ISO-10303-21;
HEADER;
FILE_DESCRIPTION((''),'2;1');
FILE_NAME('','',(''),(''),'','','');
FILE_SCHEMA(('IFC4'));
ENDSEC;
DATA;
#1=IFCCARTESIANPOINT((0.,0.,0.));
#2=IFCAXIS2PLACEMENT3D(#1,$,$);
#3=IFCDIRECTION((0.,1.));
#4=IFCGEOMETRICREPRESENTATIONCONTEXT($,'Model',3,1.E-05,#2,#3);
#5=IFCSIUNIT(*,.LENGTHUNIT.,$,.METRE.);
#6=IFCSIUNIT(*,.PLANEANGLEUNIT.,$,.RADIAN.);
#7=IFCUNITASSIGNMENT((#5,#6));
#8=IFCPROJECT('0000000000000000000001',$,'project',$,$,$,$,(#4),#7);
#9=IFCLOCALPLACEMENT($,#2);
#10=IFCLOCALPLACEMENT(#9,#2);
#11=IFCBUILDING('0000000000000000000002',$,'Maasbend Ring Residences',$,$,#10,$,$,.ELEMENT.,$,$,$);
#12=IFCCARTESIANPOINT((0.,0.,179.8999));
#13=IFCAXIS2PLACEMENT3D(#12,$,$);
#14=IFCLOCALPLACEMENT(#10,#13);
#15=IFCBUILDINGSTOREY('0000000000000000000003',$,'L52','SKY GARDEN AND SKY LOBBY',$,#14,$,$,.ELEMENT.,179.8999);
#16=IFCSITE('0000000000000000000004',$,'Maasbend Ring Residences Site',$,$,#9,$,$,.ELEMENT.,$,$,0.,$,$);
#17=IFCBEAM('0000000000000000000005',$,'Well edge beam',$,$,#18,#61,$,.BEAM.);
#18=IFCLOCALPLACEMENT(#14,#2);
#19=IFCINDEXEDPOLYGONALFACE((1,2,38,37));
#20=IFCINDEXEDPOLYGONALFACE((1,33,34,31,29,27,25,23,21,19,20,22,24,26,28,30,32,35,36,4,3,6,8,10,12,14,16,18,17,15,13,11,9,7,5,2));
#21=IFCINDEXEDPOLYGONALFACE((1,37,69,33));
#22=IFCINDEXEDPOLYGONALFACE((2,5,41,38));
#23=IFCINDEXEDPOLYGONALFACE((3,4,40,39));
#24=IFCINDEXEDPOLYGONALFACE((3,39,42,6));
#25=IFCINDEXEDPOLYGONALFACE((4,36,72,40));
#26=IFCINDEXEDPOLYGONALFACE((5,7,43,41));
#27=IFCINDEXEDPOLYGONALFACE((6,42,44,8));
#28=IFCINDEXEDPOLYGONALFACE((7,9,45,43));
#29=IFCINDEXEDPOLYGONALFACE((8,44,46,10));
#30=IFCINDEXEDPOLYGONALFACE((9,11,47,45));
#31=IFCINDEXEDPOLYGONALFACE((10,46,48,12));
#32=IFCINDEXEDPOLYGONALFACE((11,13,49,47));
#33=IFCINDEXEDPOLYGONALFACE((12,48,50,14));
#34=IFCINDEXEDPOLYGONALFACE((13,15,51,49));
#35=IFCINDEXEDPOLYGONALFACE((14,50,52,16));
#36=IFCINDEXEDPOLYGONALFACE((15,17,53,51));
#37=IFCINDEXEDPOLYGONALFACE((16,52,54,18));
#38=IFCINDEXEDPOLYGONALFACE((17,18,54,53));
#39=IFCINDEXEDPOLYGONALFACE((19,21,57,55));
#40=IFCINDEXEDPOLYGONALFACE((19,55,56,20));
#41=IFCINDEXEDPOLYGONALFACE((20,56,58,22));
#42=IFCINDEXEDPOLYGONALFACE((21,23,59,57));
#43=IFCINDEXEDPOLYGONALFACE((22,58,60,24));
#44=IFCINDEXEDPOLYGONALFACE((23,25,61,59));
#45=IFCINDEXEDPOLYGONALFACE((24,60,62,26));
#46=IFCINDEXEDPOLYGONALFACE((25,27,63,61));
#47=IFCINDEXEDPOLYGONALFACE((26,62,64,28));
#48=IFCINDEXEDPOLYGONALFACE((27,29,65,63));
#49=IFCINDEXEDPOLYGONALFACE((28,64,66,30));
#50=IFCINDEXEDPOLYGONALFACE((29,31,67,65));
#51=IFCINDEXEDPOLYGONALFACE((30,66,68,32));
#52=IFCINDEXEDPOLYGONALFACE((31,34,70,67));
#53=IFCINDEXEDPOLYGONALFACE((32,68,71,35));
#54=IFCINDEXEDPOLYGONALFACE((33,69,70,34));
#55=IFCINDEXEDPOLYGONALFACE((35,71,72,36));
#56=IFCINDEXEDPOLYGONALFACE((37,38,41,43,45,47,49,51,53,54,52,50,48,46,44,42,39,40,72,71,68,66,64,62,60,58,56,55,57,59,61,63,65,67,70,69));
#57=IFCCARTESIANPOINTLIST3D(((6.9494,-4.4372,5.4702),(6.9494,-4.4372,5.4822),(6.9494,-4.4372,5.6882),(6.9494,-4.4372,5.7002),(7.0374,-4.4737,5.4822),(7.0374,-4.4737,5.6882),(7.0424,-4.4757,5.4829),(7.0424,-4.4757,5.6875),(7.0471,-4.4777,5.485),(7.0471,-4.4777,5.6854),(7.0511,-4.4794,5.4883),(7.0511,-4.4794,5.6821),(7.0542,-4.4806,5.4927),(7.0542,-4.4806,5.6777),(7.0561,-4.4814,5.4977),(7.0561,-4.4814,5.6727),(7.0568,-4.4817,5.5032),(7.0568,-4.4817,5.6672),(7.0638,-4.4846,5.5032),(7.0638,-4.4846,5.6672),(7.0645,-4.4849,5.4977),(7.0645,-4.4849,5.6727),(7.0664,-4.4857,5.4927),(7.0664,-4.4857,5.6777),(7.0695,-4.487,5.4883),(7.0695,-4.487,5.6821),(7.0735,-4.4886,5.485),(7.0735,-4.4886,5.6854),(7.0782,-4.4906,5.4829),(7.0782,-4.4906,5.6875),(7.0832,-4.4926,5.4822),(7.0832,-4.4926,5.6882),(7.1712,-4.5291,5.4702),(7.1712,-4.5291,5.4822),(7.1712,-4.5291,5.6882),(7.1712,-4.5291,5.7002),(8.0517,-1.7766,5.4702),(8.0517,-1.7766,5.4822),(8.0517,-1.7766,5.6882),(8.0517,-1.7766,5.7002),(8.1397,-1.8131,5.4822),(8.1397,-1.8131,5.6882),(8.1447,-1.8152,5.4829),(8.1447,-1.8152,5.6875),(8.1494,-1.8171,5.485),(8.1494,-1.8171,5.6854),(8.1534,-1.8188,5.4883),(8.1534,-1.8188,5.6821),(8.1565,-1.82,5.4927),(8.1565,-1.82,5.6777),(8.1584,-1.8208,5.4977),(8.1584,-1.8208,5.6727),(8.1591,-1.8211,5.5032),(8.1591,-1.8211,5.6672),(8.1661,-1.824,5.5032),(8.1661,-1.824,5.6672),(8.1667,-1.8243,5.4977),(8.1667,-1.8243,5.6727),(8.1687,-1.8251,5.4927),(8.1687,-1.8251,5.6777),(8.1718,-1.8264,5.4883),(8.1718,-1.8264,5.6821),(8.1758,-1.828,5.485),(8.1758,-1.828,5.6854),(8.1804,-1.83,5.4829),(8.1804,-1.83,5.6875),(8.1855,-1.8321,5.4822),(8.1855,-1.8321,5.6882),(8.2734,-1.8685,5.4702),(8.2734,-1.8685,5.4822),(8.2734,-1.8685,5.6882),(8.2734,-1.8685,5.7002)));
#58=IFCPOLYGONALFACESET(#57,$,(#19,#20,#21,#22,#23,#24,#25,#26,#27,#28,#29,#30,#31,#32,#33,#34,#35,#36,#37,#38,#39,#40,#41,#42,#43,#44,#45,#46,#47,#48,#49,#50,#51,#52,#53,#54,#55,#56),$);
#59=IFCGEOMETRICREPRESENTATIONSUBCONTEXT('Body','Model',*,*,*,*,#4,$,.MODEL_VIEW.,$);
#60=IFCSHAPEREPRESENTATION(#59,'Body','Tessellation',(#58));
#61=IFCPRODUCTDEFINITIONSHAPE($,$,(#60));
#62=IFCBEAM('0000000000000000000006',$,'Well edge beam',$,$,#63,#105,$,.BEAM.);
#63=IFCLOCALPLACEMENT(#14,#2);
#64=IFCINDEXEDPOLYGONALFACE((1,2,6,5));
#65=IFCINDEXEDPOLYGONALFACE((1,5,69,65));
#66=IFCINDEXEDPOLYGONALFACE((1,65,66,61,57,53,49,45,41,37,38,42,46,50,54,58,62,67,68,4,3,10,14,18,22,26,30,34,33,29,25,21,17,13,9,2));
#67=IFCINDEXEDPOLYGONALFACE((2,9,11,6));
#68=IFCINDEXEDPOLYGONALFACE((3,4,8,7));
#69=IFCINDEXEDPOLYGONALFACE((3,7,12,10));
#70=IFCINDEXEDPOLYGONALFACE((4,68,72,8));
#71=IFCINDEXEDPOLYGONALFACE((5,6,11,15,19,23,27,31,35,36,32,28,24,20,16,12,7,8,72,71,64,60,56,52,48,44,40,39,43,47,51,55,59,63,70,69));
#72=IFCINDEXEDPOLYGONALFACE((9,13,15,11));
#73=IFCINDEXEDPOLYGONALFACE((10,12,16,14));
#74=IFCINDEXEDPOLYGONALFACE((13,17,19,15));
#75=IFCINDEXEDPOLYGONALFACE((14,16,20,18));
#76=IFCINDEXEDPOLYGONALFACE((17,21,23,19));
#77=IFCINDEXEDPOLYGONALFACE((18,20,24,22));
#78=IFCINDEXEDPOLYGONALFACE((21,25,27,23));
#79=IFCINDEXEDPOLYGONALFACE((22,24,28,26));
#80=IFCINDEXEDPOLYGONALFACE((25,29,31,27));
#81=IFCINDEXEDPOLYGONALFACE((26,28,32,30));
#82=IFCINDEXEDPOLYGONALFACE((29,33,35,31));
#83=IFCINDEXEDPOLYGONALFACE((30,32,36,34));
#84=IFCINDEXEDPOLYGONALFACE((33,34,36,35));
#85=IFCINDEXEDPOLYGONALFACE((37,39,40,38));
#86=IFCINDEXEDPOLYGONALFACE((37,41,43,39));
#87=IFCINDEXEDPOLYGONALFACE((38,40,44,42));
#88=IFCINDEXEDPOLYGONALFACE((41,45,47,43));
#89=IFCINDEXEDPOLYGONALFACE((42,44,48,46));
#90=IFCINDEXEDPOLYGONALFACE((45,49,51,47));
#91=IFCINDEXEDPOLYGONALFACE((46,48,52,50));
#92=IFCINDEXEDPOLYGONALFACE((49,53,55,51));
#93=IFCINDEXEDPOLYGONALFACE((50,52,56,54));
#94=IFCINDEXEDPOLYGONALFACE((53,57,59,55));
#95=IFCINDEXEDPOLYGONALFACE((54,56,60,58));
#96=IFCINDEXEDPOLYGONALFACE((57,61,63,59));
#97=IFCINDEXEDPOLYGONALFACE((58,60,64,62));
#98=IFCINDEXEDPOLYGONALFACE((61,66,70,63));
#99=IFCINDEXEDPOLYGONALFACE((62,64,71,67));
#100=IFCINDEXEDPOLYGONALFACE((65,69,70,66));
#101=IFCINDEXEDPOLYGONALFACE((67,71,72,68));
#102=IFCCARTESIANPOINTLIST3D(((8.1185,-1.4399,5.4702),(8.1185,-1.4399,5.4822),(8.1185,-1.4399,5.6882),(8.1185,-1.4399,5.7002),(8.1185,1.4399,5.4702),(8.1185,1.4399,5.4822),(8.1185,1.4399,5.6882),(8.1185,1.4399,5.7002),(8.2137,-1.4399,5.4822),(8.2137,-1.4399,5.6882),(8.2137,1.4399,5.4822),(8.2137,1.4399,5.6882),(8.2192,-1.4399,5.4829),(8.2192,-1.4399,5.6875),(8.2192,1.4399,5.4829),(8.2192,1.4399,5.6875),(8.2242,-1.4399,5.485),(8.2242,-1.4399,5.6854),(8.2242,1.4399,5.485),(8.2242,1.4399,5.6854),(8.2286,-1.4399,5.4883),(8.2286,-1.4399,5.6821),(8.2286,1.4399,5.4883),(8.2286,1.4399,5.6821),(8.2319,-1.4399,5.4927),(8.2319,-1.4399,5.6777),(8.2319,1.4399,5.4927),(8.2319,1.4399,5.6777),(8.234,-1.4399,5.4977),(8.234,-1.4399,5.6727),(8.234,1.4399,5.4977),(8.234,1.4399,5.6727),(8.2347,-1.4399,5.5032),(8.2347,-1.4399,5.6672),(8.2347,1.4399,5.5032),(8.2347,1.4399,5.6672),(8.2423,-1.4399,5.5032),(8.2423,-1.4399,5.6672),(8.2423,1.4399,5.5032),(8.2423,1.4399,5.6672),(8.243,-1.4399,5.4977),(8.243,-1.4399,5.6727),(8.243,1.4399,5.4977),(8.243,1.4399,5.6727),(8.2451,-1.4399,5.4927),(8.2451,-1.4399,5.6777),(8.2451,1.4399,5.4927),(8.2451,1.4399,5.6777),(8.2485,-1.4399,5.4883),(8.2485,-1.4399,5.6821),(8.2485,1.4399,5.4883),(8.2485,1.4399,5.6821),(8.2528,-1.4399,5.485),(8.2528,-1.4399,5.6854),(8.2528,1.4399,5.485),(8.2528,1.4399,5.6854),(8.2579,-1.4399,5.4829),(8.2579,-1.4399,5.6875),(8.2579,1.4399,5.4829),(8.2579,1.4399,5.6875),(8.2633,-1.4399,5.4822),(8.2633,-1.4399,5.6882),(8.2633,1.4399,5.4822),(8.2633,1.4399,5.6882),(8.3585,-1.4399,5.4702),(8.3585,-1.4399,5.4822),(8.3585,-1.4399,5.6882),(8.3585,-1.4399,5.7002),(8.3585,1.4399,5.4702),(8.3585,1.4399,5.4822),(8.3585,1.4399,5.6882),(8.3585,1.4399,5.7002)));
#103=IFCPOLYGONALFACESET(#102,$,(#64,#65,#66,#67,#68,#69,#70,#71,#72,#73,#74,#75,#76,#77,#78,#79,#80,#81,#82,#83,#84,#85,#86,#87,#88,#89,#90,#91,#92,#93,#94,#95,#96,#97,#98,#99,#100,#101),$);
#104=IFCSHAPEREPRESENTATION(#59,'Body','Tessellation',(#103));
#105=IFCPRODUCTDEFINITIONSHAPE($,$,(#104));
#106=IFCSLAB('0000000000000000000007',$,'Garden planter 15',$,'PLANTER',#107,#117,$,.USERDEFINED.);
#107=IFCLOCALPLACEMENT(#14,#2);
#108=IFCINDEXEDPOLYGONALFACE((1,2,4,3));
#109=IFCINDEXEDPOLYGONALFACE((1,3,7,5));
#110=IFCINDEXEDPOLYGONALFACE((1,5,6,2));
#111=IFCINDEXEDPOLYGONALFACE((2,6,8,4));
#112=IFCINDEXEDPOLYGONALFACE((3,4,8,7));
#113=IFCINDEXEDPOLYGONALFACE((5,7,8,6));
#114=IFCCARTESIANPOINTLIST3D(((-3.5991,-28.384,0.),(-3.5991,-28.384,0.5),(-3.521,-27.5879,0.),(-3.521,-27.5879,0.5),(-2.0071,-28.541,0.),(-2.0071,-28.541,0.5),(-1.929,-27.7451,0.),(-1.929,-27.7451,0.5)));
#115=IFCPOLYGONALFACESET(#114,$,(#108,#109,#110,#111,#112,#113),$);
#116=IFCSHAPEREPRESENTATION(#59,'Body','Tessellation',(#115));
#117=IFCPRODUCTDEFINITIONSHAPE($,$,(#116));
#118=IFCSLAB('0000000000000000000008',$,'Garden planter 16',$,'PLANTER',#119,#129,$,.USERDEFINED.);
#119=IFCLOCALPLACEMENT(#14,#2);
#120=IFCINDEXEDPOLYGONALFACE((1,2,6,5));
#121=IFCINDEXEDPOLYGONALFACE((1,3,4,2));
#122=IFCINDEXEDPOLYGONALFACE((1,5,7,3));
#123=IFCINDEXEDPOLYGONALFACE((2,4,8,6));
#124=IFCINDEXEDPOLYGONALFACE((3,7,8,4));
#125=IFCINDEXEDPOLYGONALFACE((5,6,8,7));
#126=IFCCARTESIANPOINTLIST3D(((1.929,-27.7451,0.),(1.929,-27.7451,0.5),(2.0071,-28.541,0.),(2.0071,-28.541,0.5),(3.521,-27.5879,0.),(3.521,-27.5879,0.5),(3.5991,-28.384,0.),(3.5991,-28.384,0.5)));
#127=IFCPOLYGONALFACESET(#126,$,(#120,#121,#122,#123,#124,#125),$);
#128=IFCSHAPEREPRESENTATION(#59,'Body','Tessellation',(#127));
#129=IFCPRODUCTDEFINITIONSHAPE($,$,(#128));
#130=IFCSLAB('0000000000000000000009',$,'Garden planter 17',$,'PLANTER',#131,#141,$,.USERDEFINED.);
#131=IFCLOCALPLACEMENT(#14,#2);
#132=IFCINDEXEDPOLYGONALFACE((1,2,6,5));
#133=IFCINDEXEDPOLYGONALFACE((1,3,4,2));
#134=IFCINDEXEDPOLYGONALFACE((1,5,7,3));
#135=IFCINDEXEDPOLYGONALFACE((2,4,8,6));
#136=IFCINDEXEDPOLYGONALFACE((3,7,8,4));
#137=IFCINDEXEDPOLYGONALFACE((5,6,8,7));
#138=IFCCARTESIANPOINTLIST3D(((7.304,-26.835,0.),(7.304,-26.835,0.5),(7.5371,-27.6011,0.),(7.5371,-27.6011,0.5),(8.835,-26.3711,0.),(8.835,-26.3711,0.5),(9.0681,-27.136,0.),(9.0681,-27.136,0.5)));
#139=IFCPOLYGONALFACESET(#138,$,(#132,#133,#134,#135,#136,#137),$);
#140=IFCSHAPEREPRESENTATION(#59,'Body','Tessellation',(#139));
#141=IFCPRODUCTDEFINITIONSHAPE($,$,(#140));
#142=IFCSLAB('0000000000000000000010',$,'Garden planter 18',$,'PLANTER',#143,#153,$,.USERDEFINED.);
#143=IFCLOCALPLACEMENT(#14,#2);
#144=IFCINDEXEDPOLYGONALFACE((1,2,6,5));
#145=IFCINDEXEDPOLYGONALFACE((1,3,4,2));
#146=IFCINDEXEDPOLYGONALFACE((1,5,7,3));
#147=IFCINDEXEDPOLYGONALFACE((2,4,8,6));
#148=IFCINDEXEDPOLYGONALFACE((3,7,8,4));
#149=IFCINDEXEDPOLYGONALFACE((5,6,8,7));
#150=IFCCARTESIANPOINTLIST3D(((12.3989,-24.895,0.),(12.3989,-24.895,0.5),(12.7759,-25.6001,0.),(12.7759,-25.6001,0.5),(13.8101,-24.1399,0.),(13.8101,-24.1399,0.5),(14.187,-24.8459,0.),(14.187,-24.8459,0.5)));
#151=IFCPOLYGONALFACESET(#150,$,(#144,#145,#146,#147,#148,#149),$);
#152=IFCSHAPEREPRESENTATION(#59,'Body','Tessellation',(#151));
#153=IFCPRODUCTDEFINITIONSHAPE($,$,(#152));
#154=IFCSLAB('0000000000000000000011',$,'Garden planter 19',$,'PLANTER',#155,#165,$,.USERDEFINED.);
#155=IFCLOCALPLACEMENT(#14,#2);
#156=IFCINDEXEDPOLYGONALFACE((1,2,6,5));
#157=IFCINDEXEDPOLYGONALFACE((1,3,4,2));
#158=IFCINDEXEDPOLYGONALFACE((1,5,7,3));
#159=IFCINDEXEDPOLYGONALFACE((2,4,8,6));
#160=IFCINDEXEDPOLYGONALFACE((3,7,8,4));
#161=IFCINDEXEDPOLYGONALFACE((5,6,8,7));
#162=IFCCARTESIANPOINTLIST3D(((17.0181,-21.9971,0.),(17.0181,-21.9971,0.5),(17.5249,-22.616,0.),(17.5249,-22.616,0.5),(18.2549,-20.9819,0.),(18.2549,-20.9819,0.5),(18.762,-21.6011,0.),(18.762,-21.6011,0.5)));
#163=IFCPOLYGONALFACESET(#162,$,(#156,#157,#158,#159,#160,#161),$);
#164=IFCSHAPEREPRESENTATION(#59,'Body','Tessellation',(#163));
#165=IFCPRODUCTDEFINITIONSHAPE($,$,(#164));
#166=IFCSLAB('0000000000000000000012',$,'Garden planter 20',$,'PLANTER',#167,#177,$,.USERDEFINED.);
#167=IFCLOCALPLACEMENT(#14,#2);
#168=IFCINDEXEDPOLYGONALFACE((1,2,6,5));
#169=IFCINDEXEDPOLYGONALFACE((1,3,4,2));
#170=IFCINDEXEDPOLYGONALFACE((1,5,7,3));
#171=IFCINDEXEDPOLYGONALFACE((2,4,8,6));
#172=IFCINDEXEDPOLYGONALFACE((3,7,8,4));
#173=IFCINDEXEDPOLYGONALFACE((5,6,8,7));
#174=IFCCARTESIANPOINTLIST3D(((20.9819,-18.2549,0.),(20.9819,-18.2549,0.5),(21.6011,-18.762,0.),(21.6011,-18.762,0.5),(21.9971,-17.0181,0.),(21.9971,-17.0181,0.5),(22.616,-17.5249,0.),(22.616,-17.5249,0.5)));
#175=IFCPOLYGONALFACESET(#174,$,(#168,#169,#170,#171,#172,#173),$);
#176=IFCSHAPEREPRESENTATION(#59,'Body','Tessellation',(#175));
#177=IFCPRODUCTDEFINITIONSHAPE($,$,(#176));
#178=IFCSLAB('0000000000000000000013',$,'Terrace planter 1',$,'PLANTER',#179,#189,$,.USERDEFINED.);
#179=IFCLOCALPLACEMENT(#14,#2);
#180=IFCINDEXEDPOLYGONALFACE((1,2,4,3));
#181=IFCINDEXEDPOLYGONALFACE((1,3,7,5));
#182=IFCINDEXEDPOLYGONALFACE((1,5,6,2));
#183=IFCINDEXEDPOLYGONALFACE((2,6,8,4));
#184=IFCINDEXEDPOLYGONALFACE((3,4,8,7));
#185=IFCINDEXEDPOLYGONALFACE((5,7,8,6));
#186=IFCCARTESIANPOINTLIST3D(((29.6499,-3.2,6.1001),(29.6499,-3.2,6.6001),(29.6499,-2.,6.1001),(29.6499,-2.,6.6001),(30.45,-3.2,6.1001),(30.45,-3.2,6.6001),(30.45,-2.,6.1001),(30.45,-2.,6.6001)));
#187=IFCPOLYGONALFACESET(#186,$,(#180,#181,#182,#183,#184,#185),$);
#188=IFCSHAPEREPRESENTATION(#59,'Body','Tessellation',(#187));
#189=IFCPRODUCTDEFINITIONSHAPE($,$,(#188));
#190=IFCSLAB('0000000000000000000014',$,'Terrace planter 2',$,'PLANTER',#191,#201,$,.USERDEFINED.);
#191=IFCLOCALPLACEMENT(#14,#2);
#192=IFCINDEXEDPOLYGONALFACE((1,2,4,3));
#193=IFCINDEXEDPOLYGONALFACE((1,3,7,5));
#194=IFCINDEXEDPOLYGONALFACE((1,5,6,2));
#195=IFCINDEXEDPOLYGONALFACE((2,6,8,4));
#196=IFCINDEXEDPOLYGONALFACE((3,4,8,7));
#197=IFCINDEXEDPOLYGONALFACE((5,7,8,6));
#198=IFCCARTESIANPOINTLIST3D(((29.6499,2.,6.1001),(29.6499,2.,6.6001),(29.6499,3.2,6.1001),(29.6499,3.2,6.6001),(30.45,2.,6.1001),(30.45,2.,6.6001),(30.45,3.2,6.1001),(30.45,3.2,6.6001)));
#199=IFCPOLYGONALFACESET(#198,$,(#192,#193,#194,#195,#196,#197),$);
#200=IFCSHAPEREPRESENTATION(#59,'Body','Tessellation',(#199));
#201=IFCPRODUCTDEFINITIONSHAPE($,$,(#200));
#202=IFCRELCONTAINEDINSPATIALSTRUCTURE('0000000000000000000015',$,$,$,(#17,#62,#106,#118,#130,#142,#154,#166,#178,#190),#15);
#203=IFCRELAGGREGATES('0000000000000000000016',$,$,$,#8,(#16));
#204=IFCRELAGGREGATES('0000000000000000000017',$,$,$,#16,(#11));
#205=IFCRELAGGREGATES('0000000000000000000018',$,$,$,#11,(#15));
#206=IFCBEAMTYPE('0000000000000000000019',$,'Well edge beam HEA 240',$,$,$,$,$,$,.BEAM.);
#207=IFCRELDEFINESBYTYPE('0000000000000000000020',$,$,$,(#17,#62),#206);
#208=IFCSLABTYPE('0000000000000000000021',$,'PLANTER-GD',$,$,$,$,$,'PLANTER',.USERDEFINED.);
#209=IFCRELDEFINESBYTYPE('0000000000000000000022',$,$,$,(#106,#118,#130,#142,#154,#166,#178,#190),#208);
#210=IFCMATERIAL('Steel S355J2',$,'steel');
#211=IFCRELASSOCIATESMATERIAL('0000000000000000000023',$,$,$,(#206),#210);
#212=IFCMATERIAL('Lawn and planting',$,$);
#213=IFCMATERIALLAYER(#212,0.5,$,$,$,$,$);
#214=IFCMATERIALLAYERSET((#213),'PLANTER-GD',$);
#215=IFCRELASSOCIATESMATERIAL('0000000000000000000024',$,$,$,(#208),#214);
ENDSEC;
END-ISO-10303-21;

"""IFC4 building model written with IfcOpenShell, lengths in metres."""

from ifc_helpers import new_model, si_unit, direction, frame, origin, origin_2d, place, context, subcontext, project, spatial, polyline, i_section, outline, extrude, material, layer, layer_set, material_profile, profile_set, type_object, element, save


model = new_model("IFC4")

# Units and contexts
model_context = context("Model", 3, precision=1e-05, world=origin(), true_north=direction((0.0, 1.0)))
body_context = subcontext(model_context, "Body", "Model", "MODEL_VIEW")
ifc_project = project(units=[si_unit("LENGTHUNIT", "METRE"), si_unit("PLANEANGLEUNIT", "RADIAN")], contexts=[model_context])

# Site, building, storey
site_placement = place(None, origin())
site = spatial("IfcSite", under=ifc_project, at=site_placement, Name="Maasbend Ring Residences Site", CompositionType="ELEMENT", RefElevation=0.0)
building_placement = place(site_placement, origin())
building = spatial("IfcBuilding", under=site, at=building_placement, Name="Maasbend Ring Residences", CompositionType="ELEMENT")
storey_placement = place(building_placement, frame((0.0, 0.0, 179.8999)))
storey = spatial("IfcBuildingStorey", under=building, at=storey_placement, Name="L52", Description="SKY GARDEN AND SKY LOBBY", CompositionType="ELEMENT", Elevation=179.8999)

# Beams
ifc_material_1 = material(Name="Steel S355J2", Category="steel")
ifc_material_profile_1 = material_profile(ifc_material_1, i_section(OverallWidth=0.24, OverallDepth=0.23, WebThickness=0.0076, FlangeThickness=0.012, FilletRadius=0.021, at=origin_2d()), Name="HEA 240")
ifc_profile_set_1 = profile_set([ifc_material_profile_1], Name="Steel S355J2")
beam_type = type_object("IfcBeamType", Name="Well edge beam HEA 240", PredefinedType="BEAM", material=ifc_profile_set_1)
for number, where, z_axis, x_axis, name in (
    (1, (7.0603, -4.4832, 5.5852), (0.382749, 0.923853, 0.0), (-0.923853, 0.382749, 0.0), "Well edge beam"),
    (2, (8.2385, -1.4399, 5.5852), (0.0, 1.0, 0.0), (-1.0, 0.0, 0.0), "Well edge beam"),
):
    element("IfcBeam", number, at=place(storey_placement, frame(where, z_axis=z_axis, x_axis=x_axis)), inside=storey, type_object=beam_type, Name=name, PredefinedType="BEAM", context=body_context, shape_type="SweptSolid", body=[
        extrude(i_section(OverallWidth=0.24, OverallDepth=0.23, WebThickness=0.0076, FlangeThickness=0.012, FilletRadius=0.021, at=origin_2d()), origin(), (0.0, 0.0, 1.0), 2.8799),
    ])

# Slabs
ifc_material_2 = material(Name="Lawn and planting")
ifc_layer_1 = layer(ifc_material_2, 0.5)
ifc_layer_set_1 = layer_set([ifc_layer_1], Name="PLANTER-GD")
slab_type_1 = type_object("IfcSlabType", Name="PLANTER-GD", ElementType="PLANTER", PredefinedType="USERDEFINED", material=ifc_layer_set_1)
slab_1_placement = place(storey_placement, origin())
element("IfcSlab", 3, at=slab_1_placement, inside=storey, type_object=slab_type_1, Name="Garden planter 15", ObjectType="PLANTER", PredefinedType="USERDEFINED", context=body_context, shape_type="SweptSolid", body=[
    extrude(outline(polyline([(-3.5991, -28.384), (-2.0071, -28.541), (-1.929, -27.7451), (-3.521, -27.5879), (-3.5991, -28.384)])), origin(), (0.0, 0.0, 1.0), 0.5),
])
slab_2_placement = place(storey_placement, origin())
element("IfcSlab", 4, at=slab_2_placement, inside=storey, type_object=slab_type_1, Name="Garden planter 16", ObjectType="PLANTER", PredefinedType="USERDEFINED", context=body_context, shape_type="SweptSolid", body=[
    extrude(outline(polyline([(2.0071, -28.541), (3.5991, -28.384), (3.521, -27.5879), (1.929, -27.7451), (2.0071, -28.541)])), origin(), (0.0, 0.0, 1.0), 0.5),
])
slab_3_placement = place(storey_placement, origin())
element("IfcSlab", 5, at=slab_3_placement, inside=storey, type_object=slab_type_1, Name="Garden planter 17", ObjectType="PLANTER", PredefinedType="USERDEFINED", context=body_context, shape_type="SweptSolid", body=[
    extrude(outline(polyline([(7.5371, -27.6011), (9.0681, -27.136), (8.835, -26.3711), (7.304, -26.835), (7.5371, -27.6011)])), origin(), (0.0, 0.0, 1.0), 0.5),
])
slab_4_placement = place(storey_placement, origin())
element("IfcSlab", 6, at=slab_4_placement, inside=storey, type_object=slab_type_1, Name="Garden planter 18", ObjectType="PLANTER", PredefinedType="USERDEFINED", context=body_context, shape_type="SweptSolid", body=[
    extrude(outline(polyline([(12.7759, -25.6001), (14.187, -24.8459), (13.8101, -24.1399), (12.3989, -24.895), (12.7759, -25.6001)])), origin(), (0.0, 0.0, 1.0), 0.5),
])
slab_5_placement = place(storey_placement, origin())
element("IfcSlab", 7, at=slab_5_placement, inside=storey, type_object=slab_type_1, Name="Garden planter 19", ObjectType="PLANTER", PredefinedType="USERDEFINED", context=body_context, shape_type="SweptSolid", body=[
    extrude(outline(polyline([(17.5249, -22.616), (18.762, -21.6011), (18.2549, -20.9819), (17.0181, -21.9971), (17.5249, -22.616)])), origin(), (0.0, 0.0, 1.0), 0.5),
])
slab_6_placement = place(storey_placement, origin())
element("IfcSlab", 8, at=slab_6_placement, inside=storey, type_object=slab_type_1, Name="Garden planter 20", ObjectType="PLANTER", PredefinedType="USERDEFINED", context=body_context, shape_type="SweptSolid", body=[
    extrude(outline(polyline([(21.6011, -18.762), (22.616, -17.5249), (21.9971, -17.0181), (20.9819, -18.2549), (21.6011, -18.762)])), origin(), (0.0, 0.0, 1.0), 0.5),
])
slab_7_placement = place(storey_placement, frame((0.0, 0.0, 6.1001)))
element("IfcSlab", 9, at=slab_7_placement, inside=storey, type_object=slab_type_1, Name="Terrace planter 1", ObjectType="PLANTER", PredefinedType="USERDEFINED", context=body_context, shape_type="SweptSolid", body=[
    extrude(outline(polyline([(29.6499, -3.2), (30.45, -3.2), (30.45, -2.0), (29.6499, -2.0), (29.6499, -3.2)])), origin(), (0.0, 0.0, 1.0), 0.5),
])
slab_8_placement = place(storey_placement, frame((0.0, 0.0, 6.1001)))
element("IfcSlab", 10, at=slab_8_placement, inside=storey, type_object=slab_type_1, Name="Terrace planter 2", ObjectType="PLANTER", PredefinedType="USERDEFINED", context=body_context, shape_type="SweptSolid", body=[
    extrude(outline(polyline([(29.6499, 2.0), (30.45, 2.0), (30.45, 3.2), (29.6499, 3.2), (29.6499, 2.0)])), origin(), (0.0, 0.0, 1.0), 0.5),
])

save(model, "model.ifc")
